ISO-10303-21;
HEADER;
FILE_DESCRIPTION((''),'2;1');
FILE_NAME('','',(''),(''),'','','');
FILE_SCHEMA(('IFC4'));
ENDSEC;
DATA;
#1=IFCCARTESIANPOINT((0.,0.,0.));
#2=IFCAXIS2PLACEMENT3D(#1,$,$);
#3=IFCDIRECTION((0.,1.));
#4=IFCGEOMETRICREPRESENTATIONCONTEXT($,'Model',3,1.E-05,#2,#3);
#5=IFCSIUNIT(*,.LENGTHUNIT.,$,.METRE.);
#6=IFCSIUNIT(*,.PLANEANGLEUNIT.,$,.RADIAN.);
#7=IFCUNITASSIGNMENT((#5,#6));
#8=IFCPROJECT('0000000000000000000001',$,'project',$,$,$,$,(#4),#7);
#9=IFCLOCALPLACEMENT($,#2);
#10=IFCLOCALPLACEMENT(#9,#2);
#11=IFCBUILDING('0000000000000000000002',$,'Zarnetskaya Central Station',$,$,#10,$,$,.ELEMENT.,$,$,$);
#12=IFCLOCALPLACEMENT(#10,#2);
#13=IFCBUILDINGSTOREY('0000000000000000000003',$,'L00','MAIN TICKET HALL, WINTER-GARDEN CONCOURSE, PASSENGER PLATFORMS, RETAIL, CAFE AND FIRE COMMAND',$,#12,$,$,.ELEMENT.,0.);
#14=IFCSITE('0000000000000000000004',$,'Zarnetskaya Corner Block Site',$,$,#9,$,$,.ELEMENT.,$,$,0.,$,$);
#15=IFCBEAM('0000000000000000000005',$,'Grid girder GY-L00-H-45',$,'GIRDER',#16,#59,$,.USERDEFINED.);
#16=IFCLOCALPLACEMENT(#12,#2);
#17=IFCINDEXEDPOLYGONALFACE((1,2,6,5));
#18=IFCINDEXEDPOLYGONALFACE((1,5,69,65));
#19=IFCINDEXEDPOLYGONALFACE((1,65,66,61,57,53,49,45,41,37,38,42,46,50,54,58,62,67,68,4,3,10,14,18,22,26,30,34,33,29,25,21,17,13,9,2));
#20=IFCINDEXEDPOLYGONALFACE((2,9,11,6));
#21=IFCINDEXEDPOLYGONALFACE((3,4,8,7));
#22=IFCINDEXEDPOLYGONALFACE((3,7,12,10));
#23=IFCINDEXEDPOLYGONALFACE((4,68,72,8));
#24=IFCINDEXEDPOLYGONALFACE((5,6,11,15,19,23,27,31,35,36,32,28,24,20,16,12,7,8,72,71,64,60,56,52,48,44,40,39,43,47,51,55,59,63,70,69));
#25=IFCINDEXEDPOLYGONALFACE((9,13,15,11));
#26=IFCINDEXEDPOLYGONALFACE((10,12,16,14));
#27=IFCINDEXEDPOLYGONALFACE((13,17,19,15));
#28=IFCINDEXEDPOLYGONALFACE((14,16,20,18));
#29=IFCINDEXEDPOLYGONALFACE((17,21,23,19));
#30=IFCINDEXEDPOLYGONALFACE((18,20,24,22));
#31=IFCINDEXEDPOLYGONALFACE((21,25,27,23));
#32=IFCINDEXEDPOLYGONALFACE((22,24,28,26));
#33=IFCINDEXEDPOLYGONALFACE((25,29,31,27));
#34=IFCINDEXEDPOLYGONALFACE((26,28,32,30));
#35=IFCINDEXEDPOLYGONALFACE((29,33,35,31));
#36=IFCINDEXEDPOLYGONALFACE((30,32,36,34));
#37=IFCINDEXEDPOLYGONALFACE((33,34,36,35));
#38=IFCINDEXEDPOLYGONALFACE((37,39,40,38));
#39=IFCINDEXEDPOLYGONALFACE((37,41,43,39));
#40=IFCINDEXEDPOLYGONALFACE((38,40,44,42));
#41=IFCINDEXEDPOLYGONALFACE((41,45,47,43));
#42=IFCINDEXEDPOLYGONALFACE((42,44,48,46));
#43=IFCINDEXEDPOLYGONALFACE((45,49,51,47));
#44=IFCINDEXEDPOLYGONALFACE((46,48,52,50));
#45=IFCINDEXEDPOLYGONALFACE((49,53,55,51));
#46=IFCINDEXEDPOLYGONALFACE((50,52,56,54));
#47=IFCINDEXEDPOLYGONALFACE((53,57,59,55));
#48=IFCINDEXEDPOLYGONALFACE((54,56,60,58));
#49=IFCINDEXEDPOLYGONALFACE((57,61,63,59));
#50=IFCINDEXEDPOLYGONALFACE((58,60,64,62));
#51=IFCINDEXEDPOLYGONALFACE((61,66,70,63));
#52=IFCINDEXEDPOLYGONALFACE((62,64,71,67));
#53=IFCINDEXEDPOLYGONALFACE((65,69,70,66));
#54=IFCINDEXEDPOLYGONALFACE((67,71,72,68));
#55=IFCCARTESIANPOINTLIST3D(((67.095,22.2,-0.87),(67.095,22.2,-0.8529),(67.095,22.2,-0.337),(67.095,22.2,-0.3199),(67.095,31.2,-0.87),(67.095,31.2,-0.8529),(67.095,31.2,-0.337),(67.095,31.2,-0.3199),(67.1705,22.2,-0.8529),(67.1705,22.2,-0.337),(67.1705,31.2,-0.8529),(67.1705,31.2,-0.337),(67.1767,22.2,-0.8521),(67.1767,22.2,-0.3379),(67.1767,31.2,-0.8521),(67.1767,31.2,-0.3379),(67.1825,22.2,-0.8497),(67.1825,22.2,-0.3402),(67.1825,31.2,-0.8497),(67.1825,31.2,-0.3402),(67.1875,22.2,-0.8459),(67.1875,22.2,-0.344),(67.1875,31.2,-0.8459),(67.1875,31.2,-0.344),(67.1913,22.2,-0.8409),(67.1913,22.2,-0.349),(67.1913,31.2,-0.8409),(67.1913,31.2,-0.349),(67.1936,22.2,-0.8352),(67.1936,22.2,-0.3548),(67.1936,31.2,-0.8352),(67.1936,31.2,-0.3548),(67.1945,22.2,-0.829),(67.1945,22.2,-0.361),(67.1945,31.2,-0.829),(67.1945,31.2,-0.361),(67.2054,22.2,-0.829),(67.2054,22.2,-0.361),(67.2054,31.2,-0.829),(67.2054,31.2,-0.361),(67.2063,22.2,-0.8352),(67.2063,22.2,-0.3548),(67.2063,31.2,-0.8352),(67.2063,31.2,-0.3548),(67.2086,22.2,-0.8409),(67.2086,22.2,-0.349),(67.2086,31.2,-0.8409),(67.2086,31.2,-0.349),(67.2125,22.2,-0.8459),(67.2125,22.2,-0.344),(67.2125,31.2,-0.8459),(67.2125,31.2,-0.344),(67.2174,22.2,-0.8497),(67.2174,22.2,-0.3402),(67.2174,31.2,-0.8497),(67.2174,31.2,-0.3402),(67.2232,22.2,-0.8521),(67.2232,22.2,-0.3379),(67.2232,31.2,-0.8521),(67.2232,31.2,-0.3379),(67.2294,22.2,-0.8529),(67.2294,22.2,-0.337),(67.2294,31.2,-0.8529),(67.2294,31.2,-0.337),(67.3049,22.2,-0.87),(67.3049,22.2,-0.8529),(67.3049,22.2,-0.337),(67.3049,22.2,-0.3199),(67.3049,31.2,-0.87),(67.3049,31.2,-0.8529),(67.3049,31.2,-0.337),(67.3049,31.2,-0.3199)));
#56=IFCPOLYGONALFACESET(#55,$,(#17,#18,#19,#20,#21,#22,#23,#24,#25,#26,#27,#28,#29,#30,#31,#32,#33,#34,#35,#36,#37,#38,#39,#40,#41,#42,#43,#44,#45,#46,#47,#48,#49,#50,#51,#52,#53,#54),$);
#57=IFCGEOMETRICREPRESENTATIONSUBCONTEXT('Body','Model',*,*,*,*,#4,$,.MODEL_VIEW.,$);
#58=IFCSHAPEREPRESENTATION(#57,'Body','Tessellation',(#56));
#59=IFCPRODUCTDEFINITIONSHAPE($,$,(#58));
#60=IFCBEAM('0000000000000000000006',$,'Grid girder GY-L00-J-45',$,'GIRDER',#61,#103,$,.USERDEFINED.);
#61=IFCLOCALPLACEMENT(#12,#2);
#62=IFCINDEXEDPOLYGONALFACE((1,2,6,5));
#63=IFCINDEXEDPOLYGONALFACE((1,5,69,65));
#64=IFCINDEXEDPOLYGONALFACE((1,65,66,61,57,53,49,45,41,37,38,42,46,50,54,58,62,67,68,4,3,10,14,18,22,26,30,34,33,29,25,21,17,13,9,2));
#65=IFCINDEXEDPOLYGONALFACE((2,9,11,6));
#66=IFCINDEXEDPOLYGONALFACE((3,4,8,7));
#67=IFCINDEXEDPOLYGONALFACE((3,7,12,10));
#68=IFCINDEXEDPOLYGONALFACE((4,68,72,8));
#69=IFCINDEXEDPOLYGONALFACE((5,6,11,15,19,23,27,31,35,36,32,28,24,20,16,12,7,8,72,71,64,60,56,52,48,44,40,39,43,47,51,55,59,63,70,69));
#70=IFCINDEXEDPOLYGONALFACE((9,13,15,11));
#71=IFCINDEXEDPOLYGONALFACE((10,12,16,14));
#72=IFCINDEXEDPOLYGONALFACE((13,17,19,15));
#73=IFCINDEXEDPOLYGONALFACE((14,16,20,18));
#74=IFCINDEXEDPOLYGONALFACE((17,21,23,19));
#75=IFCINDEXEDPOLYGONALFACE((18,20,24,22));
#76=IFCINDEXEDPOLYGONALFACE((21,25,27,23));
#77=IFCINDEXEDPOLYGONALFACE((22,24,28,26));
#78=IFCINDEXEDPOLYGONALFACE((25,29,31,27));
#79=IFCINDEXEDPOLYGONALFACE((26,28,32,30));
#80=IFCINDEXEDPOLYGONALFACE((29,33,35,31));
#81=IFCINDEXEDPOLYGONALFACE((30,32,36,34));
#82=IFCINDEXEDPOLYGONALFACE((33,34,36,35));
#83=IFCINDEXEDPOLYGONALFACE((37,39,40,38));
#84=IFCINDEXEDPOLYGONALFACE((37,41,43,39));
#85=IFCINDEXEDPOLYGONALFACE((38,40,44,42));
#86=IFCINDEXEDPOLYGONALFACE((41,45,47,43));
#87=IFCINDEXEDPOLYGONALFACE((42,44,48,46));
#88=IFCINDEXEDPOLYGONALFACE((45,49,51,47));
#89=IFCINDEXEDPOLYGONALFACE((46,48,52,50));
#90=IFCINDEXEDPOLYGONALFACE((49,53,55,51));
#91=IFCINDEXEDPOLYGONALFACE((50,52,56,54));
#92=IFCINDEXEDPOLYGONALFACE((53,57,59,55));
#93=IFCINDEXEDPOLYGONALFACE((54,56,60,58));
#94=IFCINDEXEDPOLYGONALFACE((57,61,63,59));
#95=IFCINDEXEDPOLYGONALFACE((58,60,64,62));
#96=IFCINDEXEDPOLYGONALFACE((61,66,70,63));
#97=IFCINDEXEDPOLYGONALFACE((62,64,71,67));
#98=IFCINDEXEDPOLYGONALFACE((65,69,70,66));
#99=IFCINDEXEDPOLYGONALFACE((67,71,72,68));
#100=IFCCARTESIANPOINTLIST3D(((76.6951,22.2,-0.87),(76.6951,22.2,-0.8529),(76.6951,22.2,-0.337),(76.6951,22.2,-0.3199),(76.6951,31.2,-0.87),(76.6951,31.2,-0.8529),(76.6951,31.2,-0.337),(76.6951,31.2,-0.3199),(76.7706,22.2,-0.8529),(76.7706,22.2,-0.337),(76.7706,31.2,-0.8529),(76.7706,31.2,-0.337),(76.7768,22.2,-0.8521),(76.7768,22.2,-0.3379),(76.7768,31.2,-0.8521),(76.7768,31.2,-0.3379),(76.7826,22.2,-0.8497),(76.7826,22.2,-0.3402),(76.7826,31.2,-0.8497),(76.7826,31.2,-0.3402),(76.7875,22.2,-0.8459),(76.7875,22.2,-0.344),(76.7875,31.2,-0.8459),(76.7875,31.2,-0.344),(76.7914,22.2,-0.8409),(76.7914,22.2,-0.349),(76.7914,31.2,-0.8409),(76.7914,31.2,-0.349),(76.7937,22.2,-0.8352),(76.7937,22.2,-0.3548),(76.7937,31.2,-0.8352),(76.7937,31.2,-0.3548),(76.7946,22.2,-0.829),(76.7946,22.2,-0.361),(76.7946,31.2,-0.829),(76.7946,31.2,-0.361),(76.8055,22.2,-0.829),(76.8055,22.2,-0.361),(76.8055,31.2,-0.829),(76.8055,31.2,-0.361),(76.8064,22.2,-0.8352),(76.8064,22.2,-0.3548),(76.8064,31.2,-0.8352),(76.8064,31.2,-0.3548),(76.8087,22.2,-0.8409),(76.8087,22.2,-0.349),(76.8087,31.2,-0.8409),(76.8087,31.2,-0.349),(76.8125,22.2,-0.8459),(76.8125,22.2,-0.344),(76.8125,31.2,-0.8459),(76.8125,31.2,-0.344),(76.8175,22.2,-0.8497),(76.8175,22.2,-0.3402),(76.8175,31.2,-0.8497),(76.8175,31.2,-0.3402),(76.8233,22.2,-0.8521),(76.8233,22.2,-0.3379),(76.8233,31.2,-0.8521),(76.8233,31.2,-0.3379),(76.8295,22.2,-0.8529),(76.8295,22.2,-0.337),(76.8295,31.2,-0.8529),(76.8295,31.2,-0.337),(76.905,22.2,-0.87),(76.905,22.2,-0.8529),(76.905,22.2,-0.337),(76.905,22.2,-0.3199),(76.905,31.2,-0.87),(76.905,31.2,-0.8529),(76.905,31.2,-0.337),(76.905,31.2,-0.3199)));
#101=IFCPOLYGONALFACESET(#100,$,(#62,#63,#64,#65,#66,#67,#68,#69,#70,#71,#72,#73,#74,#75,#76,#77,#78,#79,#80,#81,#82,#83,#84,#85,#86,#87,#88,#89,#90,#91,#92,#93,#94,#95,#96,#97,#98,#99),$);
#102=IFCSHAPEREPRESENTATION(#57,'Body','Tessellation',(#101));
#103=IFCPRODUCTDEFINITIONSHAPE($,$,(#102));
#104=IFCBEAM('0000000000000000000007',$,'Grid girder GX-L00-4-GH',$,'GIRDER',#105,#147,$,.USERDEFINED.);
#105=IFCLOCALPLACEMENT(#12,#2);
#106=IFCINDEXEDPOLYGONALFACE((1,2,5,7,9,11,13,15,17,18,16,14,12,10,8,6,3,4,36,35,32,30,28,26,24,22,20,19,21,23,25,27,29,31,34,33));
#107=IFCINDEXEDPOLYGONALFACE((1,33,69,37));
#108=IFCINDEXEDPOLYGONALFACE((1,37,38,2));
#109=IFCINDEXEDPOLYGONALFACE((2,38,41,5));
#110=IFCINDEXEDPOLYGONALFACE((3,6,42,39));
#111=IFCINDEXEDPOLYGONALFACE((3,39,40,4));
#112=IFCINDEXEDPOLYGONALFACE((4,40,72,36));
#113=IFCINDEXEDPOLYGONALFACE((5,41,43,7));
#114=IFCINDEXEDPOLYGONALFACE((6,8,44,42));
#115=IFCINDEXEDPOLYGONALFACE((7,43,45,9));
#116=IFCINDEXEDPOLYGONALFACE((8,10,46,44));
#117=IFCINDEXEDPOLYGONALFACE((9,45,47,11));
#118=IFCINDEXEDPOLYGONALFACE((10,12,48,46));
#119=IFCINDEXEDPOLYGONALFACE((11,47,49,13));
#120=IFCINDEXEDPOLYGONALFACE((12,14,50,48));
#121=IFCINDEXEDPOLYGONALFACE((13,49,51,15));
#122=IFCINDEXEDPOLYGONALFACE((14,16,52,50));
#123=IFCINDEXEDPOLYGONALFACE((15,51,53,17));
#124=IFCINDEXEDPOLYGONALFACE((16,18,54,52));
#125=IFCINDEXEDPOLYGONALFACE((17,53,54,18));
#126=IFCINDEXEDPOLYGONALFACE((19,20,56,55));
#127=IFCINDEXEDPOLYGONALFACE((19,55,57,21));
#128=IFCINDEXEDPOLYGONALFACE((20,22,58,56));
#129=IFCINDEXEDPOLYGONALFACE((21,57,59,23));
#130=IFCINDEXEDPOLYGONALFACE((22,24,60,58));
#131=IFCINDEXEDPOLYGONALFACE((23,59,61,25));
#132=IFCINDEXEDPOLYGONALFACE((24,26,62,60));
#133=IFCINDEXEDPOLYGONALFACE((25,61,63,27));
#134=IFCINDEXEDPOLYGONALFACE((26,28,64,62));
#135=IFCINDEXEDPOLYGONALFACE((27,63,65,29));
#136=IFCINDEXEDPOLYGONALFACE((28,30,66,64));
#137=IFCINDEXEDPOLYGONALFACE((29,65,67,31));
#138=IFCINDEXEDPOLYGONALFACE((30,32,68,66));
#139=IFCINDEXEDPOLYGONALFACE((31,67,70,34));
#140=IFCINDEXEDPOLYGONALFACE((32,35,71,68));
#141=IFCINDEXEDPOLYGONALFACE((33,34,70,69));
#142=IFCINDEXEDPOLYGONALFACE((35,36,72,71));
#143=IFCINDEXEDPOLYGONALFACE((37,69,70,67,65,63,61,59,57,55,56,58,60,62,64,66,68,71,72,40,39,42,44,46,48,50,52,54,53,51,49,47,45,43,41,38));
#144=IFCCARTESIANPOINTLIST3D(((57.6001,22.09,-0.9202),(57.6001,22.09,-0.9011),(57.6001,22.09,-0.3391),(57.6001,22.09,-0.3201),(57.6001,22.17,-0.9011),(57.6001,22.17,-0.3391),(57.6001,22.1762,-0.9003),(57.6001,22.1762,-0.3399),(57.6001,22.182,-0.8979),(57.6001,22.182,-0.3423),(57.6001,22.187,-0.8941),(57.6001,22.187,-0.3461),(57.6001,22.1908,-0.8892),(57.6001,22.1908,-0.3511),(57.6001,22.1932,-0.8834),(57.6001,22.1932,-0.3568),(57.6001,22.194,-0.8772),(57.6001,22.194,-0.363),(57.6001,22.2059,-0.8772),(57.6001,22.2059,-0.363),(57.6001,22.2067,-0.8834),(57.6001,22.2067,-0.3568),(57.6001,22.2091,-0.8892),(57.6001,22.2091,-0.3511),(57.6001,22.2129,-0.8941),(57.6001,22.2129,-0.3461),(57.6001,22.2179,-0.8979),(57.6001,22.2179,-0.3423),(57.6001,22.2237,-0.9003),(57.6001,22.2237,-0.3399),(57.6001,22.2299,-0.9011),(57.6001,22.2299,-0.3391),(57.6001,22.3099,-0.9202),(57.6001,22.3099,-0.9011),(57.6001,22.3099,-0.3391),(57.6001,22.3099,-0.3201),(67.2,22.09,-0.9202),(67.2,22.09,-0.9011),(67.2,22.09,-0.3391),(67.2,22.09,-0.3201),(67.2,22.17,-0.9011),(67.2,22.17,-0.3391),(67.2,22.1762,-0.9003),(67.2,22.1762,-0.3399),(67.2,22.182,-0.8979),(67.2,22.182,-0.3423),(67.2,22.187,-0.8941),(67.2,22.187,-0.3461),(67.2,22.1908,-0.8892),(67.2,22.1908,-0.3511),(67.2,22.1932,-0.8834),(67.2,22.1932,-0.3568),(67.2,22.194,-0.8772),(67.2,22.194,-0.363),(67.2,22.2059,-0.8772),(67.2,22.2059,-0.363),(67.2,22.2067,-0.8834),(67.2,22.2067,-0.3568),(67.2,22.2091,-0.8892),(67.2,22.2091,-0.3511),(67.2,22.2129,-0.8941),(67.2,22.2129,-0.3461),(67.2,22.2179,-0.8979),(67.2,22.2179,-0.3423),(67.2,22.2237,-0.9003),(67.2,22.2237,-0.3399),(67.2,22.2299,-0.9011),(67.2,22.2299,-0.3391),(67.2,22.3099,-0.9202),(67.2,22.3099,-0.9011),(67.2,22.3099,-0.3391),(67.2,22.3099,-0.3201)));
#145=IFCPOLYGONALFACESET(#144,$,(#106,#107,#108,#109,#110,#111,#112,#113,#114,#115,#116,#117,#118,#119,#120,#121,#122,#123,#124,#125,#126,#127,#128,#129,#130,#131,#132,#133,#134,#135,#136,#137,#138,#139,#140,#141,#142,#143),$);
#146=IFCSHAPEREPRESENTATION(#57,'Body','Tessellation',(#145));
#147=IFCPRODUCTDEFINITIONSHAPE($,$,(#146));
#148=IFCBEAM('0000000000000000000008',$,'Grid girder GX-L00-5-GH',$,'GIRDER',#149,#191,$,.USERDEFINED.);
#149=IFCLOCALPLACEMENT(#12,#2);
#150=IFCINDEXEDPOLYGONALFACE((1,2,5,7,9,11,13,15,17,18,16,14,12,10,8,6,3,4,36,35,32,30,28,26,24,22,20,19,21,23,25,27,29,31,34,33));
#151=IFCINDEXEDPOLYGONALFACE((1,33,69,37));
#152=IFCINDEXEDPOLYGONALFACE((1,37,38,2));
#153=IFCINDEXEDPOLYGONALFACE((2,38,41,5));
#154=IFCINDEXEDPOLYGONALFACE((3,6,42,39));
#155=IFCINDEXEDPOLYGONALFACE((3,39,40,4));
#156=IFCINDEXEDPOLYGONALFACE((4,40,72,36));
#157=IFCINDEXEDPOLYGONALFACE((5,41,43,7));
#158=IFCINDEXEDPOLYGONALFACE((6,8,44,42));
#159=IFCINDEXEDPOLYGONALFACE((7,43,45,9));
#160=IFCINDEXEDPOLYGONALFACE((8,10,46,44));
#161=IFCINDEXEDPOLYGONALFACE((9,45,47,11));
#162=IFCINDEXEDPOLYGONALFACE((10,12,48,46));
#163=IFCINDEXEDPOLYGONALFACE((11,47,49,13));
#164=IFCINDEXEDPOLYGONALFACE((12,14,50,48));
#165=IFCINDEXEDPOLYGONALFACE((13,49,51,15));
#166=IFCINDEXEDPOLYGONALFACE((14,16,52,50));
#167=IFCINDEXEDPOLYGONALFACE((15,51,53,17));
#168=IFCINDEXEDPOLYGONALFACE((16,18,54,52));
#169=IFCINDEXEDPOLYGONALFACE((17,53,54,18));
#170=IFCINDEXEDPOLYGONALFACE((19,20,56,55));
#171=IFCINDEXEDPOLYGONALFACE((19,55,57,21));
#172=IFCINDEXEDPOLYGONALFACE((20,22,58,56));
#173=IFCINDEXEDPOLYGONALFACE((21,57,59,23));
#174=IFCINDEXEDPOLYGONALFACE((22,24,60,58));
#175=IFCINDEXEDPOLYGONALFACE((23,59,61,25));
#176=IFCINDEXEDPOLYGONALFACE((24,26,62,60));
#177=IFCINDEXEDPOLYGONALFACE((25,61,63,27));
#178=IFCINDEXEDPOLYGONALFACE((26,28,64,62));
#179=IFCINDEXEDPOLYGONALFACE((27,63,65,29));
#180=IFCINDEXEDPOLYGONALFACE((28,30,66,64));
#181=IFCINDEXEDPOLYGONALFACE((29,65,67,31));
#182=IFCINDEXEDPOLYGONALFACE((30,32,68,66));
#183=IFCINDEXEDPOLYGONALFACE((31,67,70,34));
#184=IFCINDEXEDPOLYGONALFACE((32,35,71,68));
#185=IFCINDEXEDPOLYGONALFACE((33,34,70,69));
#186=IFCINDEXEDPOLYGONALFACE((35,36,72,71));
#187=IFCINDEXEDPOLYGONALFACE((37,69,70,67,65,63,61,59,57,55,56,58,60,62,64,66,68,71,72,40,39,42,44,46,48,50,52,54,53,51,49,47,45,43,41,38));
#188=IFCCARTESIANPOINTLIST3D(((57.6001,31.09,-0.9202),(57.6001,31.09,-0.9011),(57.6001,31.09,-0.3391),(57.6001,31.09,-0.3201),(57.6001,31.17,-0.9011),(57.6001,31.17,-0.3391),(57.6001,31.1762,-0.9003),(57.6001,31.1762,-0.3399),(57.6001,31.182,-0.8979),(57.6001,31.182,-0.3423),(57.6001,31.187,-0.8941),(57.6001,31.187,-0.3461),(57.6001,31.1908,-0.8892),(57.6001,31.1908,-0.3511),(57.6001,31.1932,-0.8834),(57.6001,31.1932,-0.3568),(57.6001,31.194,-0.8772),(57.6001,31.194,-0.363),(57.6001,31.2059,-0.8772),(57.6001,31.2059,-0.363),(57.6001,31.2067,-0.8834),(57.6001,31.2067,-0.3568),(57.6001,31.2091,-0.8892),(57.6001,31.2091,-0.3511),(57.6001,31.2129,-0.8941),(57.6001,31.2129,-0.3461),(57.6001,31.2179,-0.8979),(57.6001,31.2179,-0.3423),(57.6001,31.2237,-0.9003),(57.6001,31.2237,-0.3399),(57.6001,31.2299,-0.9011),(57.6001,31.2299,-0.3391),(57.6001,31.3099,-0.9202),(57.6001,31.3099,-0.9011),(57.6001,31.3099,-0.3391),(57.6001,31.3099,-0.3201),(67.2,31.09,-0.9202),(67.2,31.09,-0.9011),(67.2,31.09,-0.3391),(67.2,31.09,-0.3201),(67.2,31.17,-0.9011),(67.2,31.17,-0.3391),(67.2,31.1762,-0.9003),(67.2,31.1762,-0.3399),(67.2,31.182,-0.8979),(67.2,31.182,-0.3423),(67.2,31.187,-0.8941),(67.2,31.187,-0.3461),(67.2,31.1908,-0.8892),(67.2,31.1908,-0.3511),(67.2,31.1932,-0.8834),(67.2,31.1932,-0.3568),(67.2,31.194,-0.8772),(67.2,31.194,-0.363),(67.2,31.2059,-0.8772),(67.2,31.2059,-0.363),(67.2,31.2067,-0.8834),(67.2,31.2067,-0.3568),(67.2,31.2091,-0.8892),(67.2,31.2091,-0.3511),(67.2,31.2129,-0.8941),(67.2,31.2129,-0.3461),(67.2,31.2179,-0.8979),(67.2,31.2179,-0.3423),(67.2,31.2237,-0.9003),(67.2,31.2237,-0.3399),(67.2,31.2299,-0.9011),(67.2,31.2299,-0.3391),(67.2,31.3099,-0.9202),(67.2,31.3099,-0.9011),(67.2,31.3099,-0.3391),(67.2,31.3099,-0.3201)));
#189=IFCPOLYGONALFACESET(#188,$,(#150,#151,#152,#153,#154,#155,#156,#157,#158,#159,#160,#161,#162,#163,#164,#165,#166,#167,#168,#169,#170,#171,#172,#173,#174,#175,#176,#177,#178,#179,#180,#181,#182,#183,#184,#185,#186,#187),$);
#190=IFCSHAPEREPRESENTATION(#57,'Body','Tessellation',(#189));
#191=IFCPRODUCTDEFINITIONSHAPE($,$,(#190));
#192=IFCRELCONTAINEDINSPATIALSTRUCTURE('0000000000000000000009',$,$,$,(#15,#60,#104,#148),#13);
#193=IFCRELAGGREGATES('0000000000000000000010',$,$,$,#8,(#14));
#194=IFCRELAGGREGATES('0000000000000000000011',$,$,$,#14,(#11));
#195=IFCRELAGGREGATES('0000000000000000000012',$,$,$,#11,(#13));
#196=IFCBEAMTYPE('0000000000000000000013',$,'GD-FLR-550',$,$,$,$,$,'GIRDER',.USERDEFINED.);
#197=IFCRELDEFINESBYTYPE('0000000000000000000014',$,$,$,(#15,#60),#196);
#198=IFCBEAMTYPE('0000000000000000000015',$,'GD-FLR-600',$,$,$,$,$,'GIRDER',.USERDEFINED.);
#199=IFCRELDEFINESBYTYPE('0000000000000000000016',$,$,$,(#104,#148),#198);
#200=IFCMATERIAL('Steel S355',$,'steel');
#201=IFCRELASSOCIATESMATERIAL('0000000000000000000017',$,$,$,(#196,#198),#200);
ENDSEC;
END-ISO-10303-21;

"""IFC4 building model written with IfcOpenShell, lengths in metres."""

from ifc_helpers import new_model, si_unit, direction, frame, origin, origin_2d, place, context, subcontext, project, spatial, i_section, extrude, material, material_profile, profile_set, type_object, element, save


model = new_model("IFC4")

# Units and contexts
model_context = context("Model", 3, precision=1e-05, world=origin(), true_north=direction((0.0, 1.0)))
body_context = subcontext(model_context, "Body", "Model", "MODEL_VIEW")
ifc_project = project(units=[si_unit("LENGTHUNIT", "METRE"), si_unit("PLANEANGLEUNIT", "RADIAN")], contexts=[model_context])

# Site, building, storey
site_placement = place(None, origin())
site = spatial("IfcSite", under=ifc_project, at=site_placement, Name="Zarnetskaya Corner Block Site", CompositionType="ELEMENT", RefElevation=0.0)
building_placement = place(site_placement, origin())
building = spatial("IfcBuilding", under=site, at=building_placement, Name="Zarnetskaya Central Station", CompositionType="ELEMENT")
storey_placement = place(building_placement, origin())
storey = spatial("IfcBuildingStorey", under=building, at=storey_placement, Name="L00", Description="MAIN TICKET HALL, WINTER-GARDEN CONCOURSE, PASSENGER PLATFORMS, RETAIL, CAFE AND FIRE COMMAND", CompositionType="ELEMENT", Elevation=0.0)

# Shared definitions
ifc_material_1 = material(Name="Steel S355", Category="steel")

# Beams
ifc_material_profile_1 = material_profile(ifc_material_1, i_section(OverallWidth=0.21, OverallDepth=0.55, WebThickness=0.011, FlangeThickness=0.0171, FilletRadius=0.0239, at=origin_2d()), Name="IPE 550")
ifc_profile_set_1 = profile_set([ifc_material_profile_1], Name="Steel S355")
beam_type_1 = type_object("IfcBeamType", Name="GD-FLR-550", ElementType="GIRDER", PredefinedType="USERDEFINED", material=ifc_profile_set_1)
for number, where, z_axis, x_axis, name in (
    (1, (67.2, 22.2, -0.595), (0.0, 1.0, 0.0), (-1.0, 0.0, 0.0), "Grid girder GY-L00-H-45"),
    (2, (76.8, 22.2, -0.595), (0.0, 1.0, 0.0), (-1.0, 0.0, 0.0), "Grid girder GY-L00-J-45"),
):
    element("IfcBeam", number, at=place(storey_placement, frame(where, z_axis=z_axis, x_axis=x_axis)), inside=storey, type_object=beam_type_1, Name=name, ObjectType="GIRDER", PredefinedType="USERDEFINED", context=body_context, shape_type="SweptSolid", body=[
        extrude(i_section(OverallWidth=0.21, OverallDepth=0.55, WebThickness=0.011, FlangeThickness=0.0171, FilletRadius=0.0239, at=origin_2d()), origin(), (0.0, 0.0, 1.0), 9.0),
    ])
ifc_material_profile_2 = material_profile(ifc_material_1, i_section(OverallWidth=0.22, OverallDepth=0.6001, WebThickness=0.012, FlangeThickness=0.019, FilletRadius=0.0239, at=origin_2d()), Name="IPE 600")
ifc_profile_set_2 = profile_set([ifc_material_profile_2], Name="Steel S355")
beam_type_2 = type_object("IfcBeamType", Name="GD-FLR-600", ElementType="GIRDER", PredefinedType="USERDEFINED", material=ifc_profile_set_2)
for number, where, z_axis, x_axis, name in (
    (3, (57.6001, 22.2, -0.6201), (1.0, 0.0, 0.0), (0.0, 1.0, 0.0), "Grid girder GX-L00-4-GH"),
    (4, (57.6001, 31.2, -0.6201), (1.0, 0.0, 0.0), (0.0, 1.0, 0.0), "Grid girder GX-L00-5-GH"),
):
    element("IfcBeam", number, at=place(storey_placement, frame(where, z_axis=z_axis, x_axis=x_axis)), inside=storey, type_object=beam_type_2, Name=name, ObjectType="GIRDER", PredefinedType="USERDEFINED", context=body_context, shape_type="SweptSolid", body=[
        extrude(i_section(OverallWidth=0.22, OverallDepth=0.6001, WebThickness=0.012, FlangeThickness=0.019, FilletRadius=0.0239, at=origin_2d()), origin(), (0.0, 0.0, 1.0), 9.5999),
    ])

save(model, "model.ifc")
